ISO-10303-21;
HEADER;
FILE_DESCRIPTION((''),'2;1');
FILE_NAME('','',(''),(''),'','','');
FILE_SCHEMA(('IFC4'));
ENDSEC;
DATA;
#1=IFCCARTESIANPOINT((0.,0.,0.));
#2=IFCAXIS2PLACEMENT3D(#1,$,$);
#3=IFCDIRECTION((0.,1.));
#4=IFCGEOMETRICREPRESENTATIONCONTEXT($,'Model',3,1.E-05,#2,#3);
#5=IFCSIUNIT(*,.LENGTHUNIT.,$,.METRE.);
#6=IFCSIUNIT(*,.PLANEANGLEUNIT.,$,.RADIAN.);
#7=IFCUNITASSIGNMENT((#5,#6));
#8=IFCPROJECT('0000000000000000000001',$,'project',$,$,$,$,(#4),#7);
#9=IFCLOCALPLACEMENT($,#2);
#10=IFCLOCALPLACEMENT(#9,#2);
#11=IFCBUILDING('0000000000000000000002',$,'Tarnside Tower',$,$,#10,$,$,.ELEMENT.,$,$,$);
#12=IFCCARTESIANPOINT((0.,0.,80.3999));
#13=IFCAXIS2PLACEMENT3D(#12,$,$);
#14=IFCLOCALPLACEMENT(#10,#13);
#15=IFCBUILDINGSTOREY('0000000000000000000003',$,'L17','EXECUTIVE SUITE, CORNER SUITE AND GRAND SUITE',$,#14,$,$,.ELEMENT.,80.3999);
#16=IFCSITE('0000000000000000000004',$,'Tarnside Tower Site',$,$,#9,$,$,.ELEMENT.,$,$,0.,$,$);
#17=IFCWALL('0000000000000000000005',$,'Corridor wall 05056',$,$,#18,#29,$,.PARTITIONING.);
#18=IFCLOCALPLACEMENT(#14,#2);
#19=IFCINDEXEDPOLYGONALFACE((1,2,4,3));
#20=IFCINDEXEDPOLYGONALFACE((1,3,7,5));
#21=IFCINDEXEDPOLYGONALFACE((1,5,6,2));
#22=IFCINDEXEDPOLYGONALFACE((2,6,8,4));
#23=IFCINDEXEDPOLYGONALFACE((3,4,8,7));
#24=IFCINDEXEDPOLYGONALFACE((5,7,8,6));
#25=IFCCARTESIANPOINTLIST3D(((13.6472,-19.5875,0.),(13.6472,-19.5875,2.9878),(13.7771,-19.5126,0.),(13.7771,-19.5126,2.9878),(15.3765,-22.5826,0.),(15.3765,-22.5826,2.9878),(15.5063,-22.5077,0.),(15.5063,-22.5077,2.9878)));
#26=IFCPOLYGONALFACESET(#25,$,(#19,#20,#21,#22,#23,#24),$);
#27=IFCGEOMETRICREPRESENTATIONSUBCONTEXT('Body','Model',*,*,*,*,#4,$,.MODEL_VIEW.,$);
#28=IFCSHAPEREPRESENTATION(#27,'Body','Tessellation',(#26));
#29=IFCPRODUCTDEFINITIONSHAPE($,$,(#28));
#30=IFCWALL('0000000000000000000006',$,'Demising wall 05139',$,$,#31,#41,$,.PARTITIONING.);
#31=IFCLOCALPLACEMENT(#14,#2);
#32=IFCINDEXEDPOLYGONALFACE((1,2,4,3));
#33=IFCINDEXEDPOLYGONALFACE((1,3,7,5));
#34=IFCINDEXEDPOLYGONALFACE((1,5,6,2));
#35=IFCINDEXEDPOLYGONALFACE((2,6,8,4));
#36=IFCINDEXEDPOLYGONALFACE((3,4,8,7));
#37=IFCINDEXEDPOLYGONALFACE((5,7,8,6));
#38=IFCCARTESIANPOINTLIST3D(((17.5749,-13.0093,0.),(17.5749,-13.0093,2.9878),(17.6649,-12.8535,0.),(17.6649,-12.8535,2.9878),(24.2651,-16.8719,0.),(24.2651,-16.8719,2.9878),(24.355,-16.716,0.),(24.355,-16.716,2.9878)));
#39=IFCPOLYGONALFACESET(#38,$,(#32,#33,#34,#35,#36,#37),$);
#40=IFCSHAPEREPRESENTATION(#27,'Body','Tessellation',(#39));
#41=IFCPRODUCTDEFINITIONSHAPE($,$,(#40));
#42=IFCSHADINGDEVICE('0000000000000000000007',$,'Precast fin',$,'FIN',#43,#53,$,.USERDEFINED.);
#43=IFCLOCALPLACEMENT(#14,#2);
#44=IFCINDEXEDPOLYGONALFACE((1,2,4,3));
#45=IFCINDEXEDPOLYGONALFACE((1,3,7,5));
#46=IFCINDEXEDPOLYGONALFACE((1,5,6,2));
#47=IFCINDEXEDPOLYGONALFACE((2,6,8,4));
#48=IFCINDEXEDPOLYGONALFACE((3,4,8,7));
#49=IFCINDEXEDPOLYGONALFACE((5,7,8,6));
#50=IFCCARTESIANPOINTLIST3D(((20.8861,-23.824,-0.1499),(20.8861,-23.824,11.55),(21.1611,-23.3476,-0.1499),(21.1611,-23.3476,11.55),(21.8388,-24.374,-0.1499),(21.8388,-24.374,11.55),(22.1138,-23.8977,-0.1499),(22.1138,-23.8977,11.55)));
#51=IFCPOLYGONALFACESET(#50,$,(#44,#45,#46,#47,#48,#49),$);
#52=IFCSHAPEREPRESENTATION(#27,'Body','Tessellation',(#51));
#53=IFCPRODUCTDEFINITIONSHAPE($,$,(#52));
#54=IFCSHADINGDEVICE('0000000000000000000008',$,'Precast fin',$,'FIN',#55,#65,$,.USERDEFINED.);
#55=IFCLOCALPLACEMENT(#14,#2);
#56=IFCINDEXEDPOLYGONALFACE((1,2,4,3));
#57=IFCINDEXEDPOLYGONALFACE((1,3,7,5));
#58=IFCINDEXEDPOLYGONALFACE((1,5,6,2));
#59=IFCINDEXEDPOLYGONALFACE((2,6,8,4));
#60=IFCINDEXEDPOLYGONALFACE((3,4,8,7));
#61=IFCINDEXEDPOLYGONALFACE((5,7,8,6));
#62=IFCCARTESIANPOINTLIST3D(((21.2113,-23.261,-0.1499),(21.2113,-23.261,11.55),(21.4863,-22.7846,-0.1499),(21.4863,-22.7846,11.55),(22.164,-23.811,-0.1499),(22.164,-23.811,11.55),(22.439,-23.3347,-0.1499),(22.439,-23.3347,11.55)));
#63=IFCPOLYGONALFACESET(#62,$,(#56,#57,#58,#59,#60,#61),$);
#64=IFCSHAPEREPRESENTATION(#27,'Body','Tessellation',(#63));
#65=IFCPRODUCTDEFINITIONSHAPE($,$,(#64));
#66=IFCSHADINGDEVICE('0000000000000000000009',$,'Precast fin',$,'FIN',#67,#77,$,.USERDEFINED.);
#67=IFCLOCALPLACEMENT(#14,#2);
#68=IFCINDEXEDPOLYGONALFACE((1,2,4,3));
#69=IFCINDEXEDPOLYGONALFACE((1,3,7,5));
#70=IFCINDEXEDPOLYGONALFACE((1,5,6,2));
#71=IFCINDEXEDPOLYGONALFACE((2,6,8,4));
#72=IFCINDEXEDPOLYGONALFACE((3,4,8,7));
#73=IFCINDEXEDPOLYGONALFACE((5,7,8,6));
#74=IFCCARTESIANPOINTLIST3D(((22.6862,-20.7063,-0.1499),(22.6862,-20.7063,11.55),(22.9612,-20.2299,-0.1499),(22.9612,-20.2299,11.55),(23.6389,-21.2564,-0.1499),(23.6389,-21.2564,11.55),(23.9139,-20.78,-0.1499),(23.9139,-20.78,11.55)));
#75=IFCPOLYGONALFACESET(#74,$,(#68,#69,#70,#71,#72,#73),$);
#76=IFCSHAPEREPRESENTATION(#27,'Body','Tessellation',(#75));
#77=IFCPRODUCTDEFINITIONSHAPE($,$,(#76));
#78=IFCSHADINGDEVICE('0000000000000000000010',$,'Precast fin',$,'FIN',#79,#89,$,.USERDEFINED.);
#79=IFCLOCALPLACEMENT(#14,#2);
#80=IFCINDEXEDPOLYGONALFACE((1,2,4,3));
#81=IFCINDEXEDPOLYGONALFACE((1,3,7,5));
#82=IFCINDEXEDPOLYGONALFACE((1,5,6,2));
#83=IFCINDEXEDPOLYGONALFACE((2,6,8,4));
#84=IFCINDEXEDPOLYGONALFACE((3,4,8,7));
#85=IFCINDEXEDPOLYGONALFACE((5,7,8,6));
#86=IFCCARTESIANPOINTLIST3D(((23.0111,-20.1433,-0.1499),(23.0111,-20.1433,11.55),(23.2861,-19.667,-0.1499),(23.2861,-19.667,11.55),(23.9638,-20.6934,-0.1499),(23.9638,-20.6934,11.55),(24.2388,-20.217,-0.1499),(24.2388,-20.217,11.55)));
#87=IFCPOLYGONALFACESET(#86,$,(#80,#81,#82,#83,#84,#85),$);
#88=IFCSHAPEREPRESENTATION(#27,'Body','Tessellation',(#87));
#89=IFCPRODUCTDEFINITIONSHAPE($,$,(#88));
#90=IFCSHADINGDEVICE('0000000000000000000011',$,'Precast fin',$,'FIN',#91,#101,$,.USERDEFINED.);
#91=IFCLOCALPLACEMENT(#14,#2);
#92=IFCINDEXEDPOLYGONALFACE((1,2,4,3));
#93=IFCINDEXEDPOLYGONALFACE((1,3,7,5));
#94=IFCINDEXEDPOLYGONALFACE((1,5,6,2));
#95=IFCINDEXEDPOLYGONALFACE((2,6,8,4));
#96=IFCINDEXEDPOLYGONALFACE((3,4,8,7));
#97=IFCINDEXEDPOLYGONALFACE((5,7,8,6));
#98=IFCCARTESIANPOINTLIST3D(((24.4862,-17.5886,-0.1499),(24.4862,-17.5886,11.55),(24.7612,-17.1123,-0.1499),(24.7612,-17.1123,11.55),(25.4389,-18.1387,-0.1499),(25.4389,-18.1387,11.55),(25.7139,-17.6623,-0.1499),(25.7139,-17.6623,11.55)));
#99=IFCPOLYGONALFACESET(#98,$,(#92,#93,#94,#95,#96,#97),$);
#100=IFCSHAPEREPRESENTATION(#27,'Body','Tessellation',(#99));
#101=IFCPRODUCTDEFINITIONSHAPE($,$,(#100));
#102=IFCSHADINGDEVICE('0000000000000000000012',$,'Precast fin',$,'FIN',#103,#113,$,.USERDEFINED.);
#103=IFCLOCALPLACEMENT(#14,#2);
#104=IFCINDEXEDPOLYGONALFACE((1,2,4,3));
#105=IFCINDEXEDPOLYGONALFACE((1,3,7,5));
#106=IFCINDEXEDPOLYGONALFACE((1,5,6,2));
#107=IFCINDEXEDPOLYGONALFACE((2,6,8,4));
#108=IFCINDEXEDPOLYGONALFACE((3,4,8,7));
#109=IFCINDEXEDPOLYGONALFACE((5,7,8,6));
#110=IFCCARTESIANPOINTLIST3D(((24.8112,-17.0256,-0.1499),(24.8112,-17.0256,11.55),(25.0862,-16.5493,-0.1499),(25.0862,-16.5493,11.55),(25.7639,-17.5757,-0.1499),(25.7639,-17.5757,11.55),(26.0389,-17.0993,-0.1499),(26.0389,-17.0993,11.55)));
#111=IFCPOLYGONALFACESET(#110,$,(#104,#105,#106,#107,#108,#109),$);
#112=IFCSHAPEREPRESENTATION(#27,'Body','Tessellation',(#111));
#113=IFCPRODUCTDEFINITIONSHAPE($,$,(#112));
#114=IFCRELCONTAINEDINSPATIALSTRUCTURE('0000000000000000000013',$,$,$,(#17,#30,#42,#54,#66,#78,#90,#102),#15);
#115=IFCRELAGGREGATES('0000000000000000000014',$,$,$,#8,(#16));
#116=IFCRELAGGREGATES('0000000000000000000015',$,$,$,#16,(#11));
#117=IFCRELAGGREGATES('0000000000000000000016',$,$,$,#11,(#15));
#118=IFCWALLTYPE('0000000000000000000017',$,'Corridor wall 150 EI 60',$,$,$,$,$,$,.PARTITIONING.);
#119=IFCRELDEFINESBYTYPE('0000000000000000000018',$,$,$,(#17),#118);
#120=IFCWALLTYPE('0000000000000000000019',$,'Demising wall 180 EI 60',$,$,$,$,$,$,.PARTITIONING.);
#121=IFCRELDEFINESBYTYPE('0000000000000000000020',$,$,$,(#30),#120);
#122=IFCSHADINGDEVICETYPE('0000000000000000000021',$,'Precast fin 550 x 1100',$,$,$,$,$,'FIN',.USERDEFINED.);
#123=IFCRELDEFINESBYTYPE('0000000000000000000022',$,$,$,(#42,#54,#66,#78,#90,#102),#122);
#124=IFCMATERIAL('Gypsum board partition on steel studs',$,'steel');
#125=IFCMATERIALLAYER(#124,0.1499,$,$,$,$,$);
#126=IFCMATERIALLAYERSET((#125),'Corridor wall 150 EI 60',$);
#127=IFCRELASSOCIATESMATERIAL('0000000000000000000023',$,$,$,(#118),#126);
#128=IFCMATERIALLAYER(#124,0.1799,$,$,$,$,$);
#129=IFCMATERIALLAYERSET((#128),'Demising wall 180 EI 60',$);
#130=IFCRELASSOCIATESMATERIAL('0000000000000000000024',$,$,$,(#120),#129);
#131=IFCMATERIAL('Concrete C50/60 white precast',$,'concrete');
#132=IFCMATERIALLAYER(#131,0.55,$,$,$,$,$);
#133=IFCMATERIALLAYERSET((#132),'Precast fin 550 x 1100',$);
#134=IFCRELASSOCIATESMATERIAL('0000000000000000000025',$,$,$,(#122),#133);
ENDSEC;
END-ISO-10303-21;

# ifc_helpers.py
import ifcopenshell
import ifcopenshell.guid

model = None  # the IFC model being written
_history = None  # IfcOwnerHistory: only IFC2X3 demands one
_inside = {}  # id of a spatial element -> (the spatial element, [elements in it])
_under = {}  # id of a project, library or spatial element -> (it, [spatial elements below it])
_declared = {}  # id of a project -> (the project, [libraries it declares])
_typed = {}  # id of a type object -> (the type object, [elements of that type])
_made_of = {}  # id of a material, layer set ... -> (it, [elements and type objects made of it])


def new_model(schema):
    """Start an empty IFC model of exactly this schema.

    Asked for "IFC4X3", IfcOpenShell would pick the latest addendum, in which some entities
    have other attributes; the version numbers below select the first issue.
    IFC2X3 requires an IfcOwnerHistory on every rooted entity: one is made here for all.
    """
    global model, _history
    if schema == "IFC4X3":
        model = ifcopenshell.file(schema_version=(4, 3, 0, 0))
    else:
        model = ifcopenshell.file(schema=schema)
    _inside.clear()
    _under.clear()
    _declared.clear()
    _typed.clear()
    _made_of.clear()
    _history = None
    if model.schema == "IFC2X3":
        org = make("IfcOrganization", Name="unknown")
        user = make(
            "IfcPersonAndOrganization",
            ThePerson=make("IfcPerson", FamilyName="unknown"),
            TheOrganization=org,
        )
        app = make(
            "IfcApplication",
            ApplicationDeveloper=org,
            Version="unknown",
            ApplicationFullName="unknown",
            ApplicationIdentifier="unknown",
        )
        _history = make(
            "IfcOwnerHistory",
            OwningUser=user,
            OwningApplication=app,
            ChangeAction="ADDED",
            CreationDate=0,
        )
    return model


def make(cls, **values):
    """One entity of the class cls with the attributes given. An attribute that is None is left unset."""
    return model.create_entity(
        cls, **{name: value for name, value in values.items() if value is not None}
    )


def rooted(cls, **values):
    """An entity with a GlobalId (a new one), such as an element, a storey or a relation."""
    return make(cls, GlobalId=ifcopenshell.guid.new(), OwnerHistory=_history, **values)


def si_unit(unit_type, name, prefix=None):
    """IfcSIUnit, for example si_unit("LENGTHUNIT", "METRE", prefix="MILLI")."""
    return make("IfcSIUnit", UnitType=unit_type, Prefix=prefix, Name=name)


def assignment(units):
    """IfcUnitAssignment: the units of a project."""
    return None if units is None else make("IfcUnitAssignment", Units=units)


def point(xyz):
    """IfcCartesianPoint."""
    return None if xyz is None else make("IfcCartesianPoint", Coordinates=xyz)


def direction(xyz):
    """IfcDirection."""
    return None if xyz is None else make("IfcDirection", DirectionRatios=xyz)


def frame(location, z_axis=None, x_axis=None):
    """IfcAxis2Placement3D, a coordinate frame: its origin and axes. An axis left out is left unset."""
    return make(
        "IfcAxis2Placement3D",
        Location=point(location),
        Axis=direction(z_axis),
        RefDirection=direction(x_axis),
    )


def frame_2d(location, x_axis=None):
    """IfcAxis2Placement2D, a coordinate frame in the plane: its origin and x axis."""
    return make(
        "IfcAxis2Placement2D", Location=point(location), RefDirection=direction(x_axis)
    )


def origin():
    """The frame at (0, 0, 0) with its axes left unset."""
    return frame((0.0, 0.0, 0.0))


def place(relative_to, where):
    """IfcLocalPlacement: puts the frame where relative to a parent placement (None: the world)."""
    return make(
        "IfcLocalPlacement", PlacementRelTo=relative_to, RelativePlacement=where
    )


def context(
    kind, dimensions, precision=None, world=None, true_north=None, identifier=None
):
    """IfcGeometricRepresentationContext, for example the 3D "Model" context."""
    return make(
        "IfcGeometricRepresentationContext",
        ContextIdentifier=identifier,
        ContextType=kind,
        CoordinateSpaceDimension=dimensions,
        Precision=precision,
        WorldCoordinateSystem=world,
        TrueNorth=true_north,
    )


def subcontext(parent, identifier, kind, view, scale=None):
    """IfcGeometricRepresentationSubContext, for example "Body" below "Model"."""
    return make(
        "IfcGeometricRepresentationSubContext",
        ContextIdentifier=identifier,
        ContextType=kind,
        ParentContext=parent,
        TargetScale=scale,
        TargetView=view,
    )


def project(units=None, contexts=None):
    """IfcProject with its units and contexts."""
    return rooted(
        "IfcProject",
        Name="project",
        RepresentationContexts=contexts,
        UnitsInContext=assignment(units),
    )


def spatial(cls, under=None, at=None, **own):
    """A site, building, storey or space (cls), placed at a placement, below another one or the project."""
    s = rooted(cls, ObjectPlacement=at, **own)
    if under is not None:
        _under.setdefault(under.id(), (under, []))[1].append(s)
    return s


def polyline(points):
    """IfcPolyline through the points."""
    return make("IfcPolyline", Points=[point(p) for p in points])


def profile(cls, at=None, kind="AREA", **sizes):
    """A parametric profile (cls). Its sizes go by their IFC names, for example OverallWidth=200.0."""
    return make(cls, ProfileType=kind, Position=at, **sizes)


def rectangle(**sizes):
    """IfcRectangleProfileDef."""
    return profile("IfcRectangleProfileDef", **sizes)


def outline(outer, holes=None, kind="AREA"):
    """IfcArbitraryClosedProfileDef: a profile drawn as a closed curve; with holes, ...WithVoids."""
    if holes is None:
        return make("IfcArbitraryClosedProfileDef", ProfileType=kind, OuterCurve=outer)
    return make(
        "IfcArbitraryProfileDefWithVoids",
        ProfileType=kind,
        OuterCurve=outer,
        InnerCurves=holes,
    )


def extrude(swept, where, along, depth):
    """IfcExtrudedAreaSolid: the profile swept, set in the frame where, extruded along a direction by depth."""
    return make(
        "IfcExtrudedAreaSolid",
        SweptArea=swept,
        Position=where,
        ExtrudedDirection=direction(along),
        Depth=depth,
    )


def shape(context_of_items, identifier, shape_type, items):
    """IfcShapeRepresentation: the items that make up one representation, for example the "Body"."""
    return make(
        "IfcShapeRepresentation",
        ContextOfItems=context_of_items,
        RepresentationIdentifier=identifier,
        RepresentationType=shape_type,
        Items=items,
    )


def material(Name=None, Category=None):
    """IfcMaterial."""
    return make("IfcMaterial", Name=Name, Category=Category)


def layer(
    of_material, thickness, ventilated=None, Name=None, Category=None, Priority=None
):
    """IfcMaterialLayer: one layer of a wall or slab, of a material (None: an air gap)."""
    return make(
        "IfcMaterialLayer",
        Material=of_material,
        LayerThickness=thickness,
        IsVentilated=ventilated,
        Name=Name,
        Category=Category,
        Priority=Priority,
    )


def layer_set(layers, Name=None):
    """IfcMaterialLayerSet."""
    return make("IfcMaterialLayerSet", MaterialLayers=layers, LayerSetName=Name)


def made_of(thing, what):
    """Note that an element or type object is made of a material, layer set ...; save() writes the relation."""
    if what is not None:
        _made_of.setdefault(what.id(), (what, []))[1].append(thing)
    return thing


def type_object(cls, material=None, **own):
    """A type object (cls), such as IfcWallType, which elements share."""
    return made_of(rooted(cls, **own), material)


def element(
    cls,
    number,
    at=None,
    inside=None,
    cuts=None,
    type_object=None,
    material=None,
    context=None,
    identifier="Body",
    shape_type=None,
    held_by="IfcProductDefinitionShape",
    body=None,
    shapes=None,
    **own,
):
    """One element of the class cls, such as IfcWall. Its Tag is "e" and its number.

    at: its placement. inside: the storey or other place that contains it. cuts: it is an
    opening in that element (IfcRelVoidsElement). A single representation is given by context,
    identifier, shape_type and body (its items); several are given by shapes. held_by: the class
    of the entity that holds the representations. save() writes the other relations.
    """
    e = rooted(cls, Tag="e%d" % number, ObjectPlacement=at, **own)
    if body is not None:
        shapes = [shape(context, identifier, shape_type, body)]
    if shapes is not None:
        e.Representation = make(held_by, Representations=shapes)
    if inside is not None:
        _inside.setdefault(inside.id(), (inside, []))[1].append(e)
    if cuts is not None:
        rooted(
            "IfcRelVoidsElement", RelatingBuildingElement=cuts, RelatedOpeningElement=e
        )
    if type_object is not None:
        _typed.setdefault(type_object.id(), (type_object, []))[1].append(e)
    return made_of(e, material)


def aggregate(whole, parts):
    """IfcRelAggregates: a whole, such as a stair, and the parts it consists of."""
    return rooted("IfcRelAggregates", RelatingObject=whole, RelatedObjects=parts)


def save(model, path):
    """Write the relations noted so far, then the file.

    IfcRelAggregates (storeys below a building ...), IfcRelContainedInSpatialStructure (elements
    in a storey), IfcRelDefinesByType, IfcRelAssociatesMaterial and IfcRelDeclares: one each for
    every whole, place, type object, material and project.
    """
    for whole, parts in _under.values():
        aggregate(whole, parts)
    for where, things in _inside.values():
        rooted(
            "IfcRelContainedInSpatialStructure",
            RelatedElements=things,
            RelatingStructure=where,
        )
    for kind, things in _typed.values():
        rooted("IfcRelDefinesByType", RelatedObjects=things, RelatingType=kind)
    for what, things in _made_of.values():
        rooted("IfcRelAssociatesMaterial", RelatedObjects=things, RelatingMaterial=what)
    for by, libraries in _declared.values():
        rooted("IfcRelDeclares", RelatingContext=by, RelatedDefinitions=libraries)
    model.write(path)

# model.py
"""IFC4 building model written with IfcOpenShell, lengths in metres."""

from ifc_helpers import new_model, si_unit, direction, frame, frame_2d, origin, place, context, subcontext, project, spatial, polyline, rectangle, outline, extrude, material, layer, layer_set, type_object, element, save


model = new_model("IFC4")

# Units and contexts
model_context = context("Model", 3, precision=1e-05, world=origin(), true_north=direction((0.0, 1.0)))
body_context = subcontext(model_context, "Body", "Model", "MODEL_VIEW")
ifc_project = project(units=[si_unit("LENGTHUNIT", "METRE"), si_unit("PLANEANGLEUNIT", "RADIAN")], contexts=[model_context])

# Site, building, storey
site_placement = place(None, origin())
site = spatial("IfcSite", under=ifc_project, at=site_placement, Name="Tarnside Tower Site", CompositionType="ELEMENT", RefElevation=0.0)
building_placement = place(site_placement, origin())
building = spatial("IfcBuilding", under=site, at=building_placement, Name="Tarnside Tower", CompositionType="ELEMENT")
storey_placement = place(building_placement, frame((0.0, 0.0, 80.3999)))
storey = spatial("IfcBuildingStorey", under=building, at=storey_placement, Name="L17", Description="EXECUTIVE SUITE, CORNER SUITE AND GRAND SUITE", CompositionType="ELEMENT", Elevation=80.3999)

# Shared definitions
ifc_material_1 = material(Name="Gypsum board partition on steel studs", Category="steel")

# Walls
ifc_layer_1 = layer(ifc_material_1, 0.1499)
ifc_layer_set_1 = layer_set([ifc_layer_1], Name="Corridor wall 150 EI 60")
wall_type_1 = type_object("IfcWallType", Name="Corridor wall 150 EI 60", PredefinedType="PARTITIONING", material=ifc_layer_set_1)
wall_1_placement = place(storey_placement, frame((15.4414, -22.5452, 0.0), z_axis=(0.0, 0.0, 1.0), x_axis=(-0.500004, 0.866023, 0.0)))
element("IfcWall", 1, at=wall_1_placement, inside=storey, type_object=wall_type_1, Name="Corridor wall 05056", PredefinedType="PARTITIONING", context=body_context, shape_type="SweptSolid", body=[
    extrude(rectangle(XDim=3.4585, YDim=0.1499, at=frame_2d((1.7292, 0.0))), origin(), (0.0, 0.0, 1.0), 2.9878),
])
ifc_layer_2 = layer(ifc_material_1, 0.1799)
ifc_layer_set_2 = layer_set([ifc_layer_2], Name="Demising wall 180 EI 60")
wall_type_2 = type_object("IfcWallType", Name="Demising wall 180 EI 60", PredefinedType="PARTITIONING", material=ifc_layer_set_2)
wall_2_placement = place(storey_placement, frame((24.3101, -16.7939, 0.0), z_axis=(0.0, 0.0, 1.0), x_axis=(-0.866027, 0.499997, 0.0)))
element("IfcWall", 2, at=wall_2_placement, inside=storey, type_object=wall_type_2, Name="Demising wall 05139", PredefinedType="PARTITIONING", context=body_context, shape_type="SweptSolid", body=[
    extrude(rectangle(XDim=7.7251, YDim=0.1799, at=frame_2d((3.8625, 0.0))), origin(), (0.0, 0.0, 1.0), 2.9878),
])

# Shading devices
ifc_material_2 = material(Name="Concrete C50/60 white precast", Category="concrete")
ifc_layer_3 = layer(ifc_material_2, 0.55)
ifc_layer_set_3 = layer_set([ifc_layer_3], Name="Precast fin 550 x 1100")
shading_device_type = type_object("IfcShadingDeviceType", Name="Precast fin 550 x 1100", ElementType="FIN", PredefinedType="USERDEFINED", material=ifc_layer_set_3)
for number, where, z_axis, x_axis, name in (
    (3, (21.0237, -23.5857, -0.1499), (-0.5, -0.866025, 0.0), (0.866025, -0.5, 0.0), "Precast fin"),
    (4, (21.3489, -23.0227, -0.1499), (-0.5, -0.866025, 0.0), (0.866025, -0.5, 0.0), "Precast fin"),
    (5, (22.8237, -20.468, -0.1499), (-0.5, -0.866025, 0.0), (0.866025, -0.5, 0.0), "Precast fin"),
    (6, (23.1487, -19.905, -0.1499), (-0.5, -0.866025, 0.0), (0.866025, -0.5, 0.0), "Precast fin"),
    (7, (24.6238, -17.3503, -0.1499), (-0.5, -0.866025, 0.0), (0.866025, -0.5, 0.0), "Precast fin"),
    (8, (24.9487, -16.7874, -0.1499), (-0.5, -0.866025, 0.0), (0.866025, -0.5, 0.0), "Precast fin"),
):
    element("IfcShadingDevice", number, at=place(storey_placement, frame(where, z_axis=z_axis, x_axis=x_axis)), inside=storey, type_object=shading_device_type, Name=name, ObjectType="FIN", PredefinedType="USERDEFINED", context=body_context, shape_type="SweptSolid", body=[
        extrude(outline(polyline([(0.0, 0.0), (1.1001, 0.0), (1.1001, 11.7), (0.0, 11.7), (0.0, 0.0)])), frame((0.0, 0.0, -0.2749)), (0.0, 0.0, 1.0), 0.55),
    ])

save(model, "model.ifc")
